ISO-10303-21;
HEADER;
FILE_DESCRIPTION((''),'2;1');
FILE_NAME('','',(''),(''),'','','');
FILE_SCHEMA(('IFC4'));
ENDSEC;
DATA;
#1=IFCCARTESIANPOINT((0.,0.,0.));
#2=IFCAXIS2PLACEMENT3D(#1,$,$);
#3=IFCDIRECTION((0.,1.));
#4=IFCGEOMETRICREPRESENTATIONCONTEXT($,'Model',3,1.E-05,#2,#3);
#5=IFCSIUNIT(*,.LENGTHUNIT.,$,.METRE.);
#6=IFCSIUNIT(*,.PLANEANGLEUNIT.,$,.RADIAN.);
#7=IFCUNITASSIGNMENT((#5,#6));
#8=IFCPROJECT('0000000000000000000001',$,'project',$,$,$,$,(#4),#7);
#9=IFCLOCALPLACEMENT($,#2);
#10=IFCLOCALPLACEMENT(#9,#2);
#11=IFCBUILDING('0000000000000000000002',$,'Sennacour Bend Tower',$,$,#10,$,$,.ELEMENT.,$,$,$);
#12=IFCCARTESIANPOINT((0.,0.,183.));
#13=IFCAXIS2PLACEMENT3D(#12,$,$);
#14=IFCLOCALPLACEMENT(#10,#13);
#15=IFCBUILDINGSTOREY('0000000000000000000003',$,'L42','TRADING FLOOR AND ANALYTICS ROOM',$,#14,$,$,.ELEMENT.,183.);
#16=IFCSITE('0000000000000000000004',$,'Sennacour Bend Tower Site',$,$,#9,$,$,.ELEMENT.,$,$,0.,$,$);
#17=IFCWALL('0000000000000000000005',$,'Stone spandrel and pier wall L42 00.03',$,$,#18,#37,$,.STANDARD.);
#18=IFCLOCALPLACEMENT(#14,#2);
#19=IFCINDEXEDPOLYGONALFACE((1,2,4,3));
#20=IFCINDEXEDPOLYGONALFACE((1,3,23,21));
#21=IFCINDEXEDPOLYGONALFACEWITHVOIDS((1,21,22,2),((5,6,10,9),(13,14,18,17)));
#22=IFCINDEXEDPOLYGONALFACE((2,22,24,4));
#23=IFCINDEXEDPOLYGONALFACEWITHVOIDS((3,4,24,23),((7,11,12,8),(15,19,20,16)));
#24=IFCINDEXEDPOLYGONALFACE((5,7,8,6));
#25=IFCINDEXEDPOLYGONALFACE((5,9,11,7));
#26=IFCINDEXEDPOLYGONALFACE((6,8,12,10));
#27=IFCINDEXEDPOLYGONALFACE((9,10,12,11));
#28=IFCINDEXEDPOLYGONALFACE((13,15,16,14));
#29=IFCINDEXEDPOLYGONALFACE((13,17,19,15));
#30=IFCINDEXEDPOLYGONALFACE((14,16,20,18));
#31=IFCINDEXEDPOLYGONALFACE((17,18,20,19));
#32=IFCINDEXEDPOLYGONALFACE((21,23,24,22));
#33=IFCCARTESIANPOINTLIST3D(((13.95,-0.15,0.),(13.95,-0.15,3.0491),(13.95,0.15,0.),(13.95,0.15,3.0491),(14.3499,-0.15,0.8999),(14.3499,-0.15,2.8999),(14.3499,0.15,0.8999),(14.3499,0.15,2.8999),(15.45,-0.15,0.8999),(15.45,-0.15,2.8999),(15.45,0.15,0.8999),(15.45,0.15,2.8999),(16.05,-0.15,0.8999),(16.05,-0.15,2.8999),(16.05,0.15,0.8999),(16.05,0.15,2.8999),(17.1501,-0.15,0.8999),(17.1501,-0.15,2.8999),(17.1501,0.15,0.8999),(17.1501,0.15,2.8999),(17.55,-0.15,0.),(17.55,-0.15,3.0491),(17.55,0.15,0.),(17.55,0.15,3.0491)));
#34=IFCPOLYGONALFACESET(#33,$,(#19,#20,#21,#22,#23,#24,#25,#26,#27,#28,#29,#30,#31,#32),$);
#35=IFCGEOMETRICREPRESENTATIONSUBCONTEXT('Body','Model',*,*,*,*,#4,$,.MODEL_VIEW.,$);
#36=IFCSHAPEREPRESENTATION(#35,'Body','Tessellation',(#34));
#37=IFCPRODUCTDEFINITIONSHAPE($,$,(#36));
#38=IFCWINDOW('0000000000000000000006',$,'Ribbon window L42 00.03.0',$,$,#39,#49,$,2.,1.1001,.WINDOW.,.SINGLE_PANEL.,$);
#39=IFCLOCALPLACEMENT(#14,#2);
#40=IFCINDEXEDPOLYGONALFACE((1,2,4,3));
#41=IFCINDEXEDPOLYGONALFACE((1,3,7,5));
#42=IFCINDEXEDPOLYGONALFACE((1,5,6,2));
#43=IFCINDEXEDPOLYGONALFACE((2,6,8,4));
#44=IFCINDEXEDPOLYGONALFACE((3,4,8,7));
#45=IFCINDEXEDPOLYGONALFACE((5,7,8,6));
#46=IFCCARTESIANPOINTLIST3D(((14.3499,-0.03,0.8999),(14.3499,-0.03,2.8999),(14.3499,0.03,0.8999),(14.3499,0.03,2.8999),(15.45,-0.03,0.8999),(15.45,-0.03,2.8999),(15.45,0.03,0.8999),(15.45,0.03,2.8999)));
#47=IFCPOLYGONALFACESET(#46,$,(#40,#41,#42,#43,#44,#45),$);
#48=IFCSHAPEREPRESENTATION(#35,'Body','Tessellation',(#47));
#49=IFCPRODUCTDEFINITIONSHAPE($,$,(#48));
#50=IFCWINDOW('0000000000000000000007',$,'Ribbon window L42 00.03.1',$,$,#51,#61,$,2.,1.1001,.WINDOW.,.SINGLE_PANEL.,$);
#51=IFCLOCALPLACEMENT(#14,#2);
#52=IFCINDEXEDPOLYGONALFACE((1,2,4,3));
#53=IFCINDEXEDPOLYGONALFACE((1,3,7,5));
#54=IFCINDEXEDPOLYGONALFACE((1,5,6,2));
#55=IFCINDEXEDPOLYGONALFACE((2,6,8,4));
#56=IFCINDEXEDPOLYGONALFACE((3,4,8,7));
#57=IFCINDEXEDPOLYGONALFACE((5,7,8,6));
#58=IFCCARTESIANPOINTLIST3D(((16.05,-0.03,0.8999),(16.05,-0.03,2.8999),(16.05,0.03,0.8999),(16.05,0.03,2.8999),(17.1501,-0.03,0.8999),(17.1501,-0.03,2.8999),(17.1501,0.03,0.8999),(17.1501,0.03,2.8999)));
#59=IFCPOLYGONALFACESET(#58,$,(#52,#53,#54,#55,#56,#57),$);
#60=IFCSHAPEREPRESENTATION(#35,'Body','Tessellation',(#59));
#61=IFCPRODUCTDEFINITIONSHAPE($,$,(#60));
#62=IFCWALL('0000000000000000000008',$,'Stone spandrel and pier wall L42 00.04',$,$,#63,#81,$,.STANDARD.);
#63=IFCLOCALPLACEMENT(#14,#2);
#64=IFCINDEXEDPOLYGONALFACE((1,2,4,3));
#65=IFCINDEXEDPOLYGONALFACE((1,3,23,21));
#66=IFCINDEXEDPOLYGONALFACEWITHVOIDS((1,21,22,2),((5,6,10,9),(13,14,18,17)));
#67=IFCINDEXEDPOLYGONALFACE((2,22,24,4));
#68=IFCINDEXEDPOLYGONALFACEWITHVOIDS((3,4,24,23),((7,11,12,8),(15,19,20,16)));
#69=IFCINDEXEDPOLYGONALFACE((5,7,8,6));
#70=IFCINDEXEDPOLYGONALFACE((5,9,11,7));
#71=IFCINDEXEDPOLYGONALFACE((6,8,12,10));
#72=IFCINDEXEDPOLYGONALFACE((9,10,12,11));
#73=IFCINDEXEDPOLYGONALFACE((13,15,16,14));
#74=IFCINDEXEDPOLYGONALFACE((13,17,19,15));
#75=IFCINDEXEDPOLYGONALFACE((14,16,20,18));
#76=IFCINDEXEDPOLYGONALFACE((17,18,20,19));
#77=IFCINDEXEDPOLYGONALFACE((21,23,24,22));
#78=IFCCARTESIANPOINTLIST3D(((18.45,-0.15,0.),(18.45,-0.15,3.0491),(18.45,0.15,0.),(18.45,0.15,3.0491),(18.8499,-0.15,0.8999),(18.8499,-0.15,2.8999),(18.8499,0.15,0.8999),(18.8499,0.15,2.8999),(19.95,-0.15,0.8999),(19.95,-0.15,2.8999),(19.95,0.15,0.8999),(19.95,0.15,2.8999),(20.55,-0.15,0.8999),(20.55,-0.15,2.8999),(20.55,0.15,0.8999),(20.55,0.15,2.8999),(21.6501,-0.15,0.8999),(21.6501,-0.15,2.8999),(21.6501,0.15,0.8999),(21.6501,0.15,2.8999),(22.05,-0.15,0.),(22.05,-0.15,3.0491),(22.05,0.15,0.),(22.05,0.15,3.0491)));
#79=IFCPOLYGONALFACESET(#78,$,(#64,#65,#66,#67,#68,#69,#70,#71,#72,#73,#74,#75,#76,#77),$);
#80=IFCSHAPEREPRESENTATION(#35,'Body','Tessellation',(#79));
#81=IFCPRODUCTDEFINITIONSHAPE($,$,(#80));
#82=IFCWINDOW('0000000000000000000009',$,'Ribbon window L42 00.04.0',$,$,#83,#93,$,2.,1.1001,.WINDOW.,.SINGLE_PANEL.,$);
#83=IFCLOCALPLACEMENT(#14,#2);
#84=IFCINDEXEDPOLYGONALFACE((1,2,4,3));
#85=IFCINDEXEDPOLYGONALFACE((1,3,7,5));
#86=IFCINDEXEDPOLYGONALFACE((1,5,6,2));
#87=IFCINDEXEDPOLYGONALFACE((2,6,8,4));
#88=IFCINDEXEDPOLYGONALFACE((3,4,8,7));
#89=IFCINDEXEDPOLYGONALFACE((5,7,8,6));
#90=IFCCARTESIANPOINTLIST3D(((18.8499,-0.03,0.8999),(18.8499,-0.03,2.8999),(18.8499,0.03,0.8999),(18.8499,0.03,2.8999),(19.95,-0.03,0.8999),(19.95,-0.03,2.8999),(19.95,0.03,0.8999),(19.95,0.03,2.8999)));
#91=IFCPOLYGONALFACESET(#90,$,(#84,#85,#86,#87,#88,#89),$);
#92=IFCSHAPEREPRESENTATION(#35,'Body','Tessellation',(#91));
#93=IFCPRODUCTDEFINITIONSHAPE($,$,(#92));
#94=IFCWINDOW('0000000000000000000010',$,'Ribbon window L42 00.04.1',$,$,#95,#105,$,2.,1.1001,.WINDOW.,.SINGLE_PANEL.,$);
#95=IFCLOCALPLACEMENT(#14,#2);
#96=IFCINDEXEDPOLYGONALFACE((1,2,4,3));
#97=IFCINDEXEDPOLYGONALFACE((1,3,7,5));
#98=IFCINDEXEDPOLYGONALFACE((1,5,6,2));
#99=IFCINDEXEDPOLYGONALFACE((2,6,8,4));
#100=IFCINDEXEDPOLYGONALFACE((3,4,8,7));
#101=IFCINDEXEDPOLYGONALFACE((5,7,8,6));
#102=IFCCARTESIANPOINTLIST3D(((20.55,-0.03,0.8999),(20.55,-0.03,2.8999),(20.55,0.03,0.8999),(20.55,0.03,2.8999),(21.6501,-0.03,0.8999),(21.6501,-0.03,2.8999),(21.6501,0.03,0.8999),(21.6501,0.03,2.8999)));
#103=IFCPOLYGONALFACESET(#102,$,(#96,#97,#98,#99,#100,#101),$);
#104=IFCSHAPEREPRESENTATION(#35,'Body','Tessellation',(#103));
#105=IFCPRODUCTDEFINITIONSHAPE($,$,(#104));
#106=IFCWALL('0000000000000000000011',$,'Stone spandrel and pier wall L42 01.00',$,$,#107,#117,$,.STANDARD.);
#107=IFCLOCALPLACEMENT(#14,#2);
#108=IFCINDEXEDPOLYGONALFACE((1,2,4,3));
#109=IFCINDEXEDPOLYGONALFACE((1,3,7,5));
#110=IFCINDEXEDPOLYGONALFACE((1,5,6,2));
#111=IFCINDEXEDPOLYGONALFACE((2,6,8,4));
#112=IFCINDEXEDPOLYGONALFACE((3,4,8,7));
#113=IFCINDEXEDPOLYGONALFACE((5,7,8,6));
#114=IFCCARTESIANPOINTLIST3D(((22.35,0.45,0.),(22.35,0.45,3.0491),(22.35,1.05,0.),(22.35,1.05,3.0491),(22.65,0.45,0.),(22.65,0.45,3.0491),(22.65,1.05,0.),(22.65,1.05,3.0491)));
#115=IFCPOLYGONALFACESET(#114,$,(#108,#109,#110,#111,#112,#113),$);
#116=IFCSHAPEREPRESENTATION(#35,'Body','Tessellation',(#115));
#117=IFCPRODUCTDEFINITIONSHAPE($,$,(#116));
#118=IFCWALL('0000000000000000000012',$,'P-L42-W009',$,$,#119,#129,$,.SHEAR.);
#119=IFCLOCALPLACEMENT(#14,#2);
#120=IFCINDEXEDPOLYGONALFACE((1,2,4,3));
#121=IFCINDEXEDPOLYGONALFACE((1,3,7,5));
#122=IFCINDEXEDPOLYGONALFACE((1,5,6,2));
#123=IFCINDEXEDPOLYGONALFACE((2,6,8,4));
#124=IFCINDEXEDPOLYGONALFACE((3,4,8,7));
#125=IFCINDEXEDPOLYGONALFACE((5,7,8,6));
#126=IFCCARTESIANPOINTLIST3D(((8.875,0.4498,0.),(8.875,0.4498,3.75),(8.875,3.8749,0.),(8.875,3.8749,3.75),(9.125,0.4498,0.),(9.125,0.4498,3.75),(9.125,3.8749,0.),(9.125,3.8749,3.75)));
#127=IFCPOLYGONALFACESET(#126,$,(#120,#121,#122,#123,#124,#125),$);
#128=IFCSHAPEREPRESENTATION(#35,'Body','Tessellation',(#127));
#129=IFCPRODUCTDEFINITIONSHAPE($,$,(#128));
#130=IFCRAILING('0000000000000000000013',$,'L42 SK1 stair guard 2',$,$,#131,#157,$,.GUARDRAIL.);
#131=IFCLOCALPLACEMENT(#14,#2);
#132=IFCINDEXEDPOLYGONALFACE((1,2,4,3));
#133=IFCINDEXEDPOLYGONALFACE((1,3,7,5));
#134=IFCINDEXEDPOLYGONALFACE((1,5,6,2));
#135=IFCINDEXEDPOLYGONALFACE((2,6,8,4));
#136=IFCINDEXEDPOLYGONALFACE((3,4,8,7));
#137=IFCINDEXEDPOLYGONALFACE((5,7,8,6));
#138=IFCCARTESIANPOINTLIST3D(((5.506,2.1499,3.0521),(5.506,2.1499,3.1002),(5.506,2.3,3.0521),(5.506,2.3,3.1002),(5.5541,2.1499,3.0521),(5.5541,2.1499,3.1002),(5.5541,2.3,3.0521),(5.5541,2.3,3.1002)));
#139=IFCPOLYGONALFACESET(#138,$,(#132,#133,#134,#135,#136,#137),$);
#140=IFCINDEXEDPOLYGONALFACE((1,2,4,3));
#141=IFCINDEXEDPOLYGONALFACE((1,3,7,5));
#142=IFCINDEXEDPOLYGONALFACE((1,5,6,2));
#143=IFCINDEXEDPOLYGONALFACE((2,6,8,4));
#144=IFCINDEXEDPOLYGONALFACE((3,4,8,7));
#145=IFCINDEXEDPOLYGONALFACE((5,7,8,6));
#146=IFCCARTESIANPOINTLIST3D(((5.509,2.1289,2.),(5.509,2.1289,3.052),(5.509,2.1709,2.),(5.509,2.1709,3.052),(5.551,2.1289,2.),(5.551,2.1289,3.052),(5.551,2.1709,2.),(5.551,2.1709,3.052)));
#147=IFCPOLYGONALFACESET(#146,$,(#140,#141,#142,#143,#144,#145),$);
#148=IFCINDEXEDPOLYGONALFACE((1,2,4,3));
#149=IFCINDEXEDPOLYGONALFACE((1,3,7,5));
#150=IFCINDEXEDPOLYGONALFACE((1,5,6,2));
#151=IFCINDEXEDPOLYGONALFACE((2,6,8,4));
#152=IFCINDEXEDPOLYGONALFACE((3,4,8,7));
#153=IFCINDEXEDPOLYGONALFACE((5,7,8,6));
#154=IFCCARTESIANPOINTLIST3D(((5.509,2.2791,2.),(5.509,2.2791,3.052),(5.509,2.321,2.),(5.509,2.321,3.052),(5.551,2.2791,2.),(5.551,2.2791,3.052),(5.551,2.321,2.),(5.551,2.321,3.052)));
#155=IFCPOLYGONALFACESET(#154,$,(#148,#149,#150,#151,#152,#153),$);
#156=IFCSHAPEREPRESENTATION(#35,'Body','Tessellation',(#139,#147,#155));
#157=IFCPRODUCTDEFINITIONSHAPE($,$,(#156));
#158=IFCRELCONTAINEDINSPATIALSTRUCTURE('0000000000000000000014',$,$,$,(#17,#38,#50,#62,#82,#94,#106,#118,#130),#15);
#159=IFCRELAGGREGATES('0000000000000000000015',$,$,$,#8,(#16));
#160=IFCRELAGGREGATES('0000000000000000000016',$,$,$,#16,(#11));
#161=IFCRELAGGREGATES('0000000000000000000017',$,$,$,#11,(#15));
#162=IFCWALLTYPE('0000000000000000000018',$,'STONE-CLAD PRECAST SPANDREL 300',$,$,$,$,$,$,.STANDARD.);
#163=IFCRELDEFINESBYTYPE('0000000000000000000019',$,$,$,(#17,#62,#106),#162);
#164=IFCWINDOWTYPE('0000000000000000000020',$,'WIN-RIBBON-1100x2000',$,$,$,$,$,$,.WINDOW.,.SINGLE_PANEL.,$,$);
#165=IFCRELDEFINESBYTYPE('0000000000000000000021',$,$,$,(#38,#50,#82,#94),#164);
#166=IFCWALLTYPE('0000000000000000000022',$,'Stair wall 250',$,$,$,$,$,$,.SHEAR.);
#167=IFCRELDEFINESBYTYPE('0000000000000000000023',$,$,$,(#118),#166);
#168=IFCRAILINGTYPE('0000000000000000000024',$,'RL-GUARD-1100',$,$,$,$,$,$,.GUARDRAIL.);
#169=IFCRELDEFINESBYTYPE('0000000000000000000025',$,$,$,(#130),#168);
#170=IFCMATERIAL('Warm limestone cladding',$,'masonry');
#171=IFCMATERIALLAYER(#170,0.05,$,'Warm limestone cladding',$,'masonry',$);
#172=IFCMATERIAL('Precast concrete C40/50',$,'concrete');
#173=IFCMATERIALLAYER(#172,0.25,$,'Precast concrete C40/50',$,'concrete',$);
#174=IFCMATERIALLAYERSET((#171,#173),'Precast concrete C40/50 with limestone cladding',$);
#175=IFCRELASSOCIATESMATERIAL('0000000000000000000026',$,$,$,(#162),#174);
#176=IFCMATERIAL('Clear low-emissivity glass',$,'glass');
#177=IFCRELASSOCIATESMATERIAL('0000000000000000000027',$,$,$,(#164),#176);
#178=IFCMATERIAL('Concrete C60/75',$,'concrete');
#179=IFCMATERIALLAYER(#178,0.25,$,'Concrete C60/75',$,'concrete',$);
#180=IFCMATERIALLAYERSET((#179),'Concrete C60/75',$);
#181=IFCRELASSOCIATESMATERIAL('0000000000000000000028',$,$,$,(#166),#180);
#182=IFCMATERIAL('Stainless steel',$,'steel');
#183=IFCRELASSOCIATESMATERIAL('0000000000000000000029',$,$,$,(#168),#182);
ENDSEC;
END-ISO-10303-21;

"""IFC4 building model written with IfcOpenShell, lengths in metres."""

from ifc_helpers import new_model, si_unit, direction, frame, frame_2d, origin, origin_2d, place, context, subcontext, project, spatial, rectangle, extrude, material, layer, layer_set, type_object, element, fill, save


model = new_model("IFC4")

# Units and contexts
model_context = context("Model", 3, precision=1e-05, world=origin(), true_north=direction((0.0, 1.0)))
body_context = subcontext(model_context, "Body", "Model", "MODEL_VIEW")
ifc_project = project(units=[si_unit("LENGTHUNIT", "METRE"), si_unit("PLANEANGLEUNIT", "RADIAN")], contexts=[model_context])

# Site, building, storey
site_placement = place(None, origin())
site = spatial("IfcSite", under=ifc_project, at=site_placement, Name="Sennacour Bend Tower Site", CompositionType="ELEMENT", RefElevation=0.0)
building_placement = place(site_placement, origin())
building = spatial("IfcBuilding", under=site, at=building_placement, Name="Sennacour Bend Tower", CompositionType="ELEMENT")
storey_placement = place(building_placement, frame((0.0, 0.0, 183.0)))
storey = spatial("IfcBuildingStorey", under=building, at=storey_placement, Name="L42", Description="TRADING FLOOR AND ANALYTICS ROOM", CompositionType="ELEMENT", Elevation=183.0)

# Walls, openings, windows
ifc_material_1 = material(Name="Warm limestone cladding", Category="masonry")
ifc_layer_1 = layer(ifc_material_1, 0.05, Name="Warm limestone cladding", Category="masonry")
ifc_material_2 = material(Name="Precast concrete C40/50", Category="concrete")
ifc_layer_2 = layer(ifc_material_2, 0.25, Name="Precast concrete C40/50", Category="concrete")
ifc_layer_set_1 = layer_set([ifc_layer_1, ifc_layer_2], Name="Precast concrete C40/50 with limestone cladding")
wall_type_1 = type_object("IfcWallType", Name="STONE-CLAD PRECAST SPANDREL 300", PredefinedType="STANDARD", material=ifc_layer_set_1)
ifc_material_3 = material(Name="Clear low-emissivity glass", Category="glass")
window_type = type_object("IfcWindowType", Name="WIN-RIBBON-1100x2000", PartitioningType="SINGLE_PANEL", PredefinedType="WINDOW", material=ifc_material_3)
wall_1_placement = place(storey_placement, frame((13.95, 0.0, 0.0), z_axis=(0.0, 0.0, 1.0), x_axis=(1.0, 0.0, 0.0)))
wall_1 = element("IfcWall", 1, at=wall_1_placement, inside=storey, type_object=wall_type_1, Name="Stone spandrel and pier wall L42 00.03", PredefinedType="STANDARD", context=body_context, shape_type="SweptSolid", body=[
    extrude(rectangle(XDim=3.6001, YDim=0.3, at=frame_2d((1.8, 0.0))), origin(), (0.0, 0.0, 1.0), 3.0491),
])
opening_1_placement = place(wall_1_placement, frame((0.3999, 0.0, 0.8999)))
opening_1 = element("IfcOpeningElement", 2, at=opening_1_placement, cuts=wall_1, PredefinedType="OPENING", context=body_context, shape_type="SweptSolid", body=[
    extrude(rectangle(XDim=1.1001, YDim=2.0, at=frame_2d((0.55, 1.0))), frame((0.0, 0.1602, 0.0), z_axis=(0.0, -1.0, 0.0), x_axis=(1.0, 0.0, 0.0)), (0.0, 0.0, 1.0), 0.3201),
])
opening_2_placement = place(wall_1_placement, frame((2.1001, 0.0, 0.8999)))
opening_2 = element("IfcOpeningElement", 3, at=opening_2_placement, cuts=wall_1, PredefinedType="OPENING", context=body_context, shape_type="SweptSolid", body=[
    extrude(rectangle(XDim=1.1001, YDim=2.0, at=frame_2d((0.55, 1.0))), frame((0.0, 0.1602, 0.0), z_axis=(0.0, -1.0, 0.0), x_axis=(1.0, 0.0, 0.0)), (0.0, 0.0, 1.0), 0.3201),
])
window_1_placement = place(opening_1_placement, origin())
window_1 = element("IfcWindow", 4, at=window_1_placement, inside=storey, type_object=window_type, Name="Ribbon window L42 00.03.0", OverallHeight=2.0, OverallWidth=1.1001, PartitioningType="SINGLE_PANEL", PredefinedType="WINDOW", context=body_context, shape_type="SweptSolid", body=[
    extrude(rectangle(XDim=1.1001, YDim=2.0, at=frame_2d((0.55, 1.0))), frame((0.0, 0.03, 0.0), z_axis=(0.0, -1.0, 0.0), x_axis=(1.0, 0.0, 0.0)), (0.0, 0.0, 1.0), 0.0601),
])
fill(opening_1, window_1)
window_2_placement = place(opening_2_placement, origin())
window_2 = element("IfcWindow", 5, at=window_2_placement, inside=storey, type_object=window_type, Name="Ribbon window L42 00.03.1", OverallHeight=2.0, OverallWidth=1.1001, PartitioningType="SINGLE_PANEL", PredefinedType="WINDOW", context=body_context, shape_type="SweptSolid", body=[
    extrude(rectangle(XDim=1.1001, YDim=2.0, at=frame_2d((0.55, 1.0))), frame((0.0, 0.03, 0.0), z_axis=(0.0, -1.0, 0.0), x_axis=(1.0, 0.0, 0.0)), (0.0, 0.0, 1.0), 0.0601),
])
fill(opening_2, window_2)
wall_2_placement = place(storey_placement, frame((18.45, 0.0, 0.0), z_axis=(0.0, 0.0, 1.0), x_axis=(1.0, 0.0, 0.0)))
wall_2 = element("IfcWall", 6, at=wall_2_placement, inside=storey, type_object=wall_type_1, Name="Stone spandrel and pier wall L42 00.04", PredefinedType="STANDARD", context=body_context, shape_type="SweptSolid", body=[
    extrude(rectangle(XDim=3.6001, YDim=0.3, at=frame_2d((1.8, 0.0))), origin(), (0.0, 0.0, 1.0), 3.0491),
])
opening_3_placement = place(wall_2_placement, frame((0.3999, 0.0, 0.8999)))
opening_3 = element("IfcOpeningElement", 7, at=opening_3_placement, cuts=wall_2, PredefinedType="OPENING", context=body_context, shape_type="SweptSolid", body=[
    extrude(rectangle(XDim=1.1001, YDim=2.0, at=frame_2d((0.55, 1.0))), frame((0.0, 0.1602, 0.0), z_axis=(0.0, -1.0, 0.0), x_axis=(1.0, 0.0, 0.0)), (0.0, 0.0, 1.0), 0.3201),
])
opening_4_placement = place(wall_2_placement, frame((2.1001, 0.0, 0.8999)))
opening_4 = element("IfcOpeningElement", 8, at=opening_4_placement, cuts=wall_2, PredefinedType="OPENING", context=body_context, shape_type="SweptSolid", body=[
    extrude(rectangle(XDim=1.1001, YDim=2.0, at=frame_2d((0.55, 1.0))), frame((0.0, 0.1602, 0.0), z_axis=(0.0, -1.0, 0.0), x_axis=(1.0, 0.0, 0.0)), (0.0, 0.0, 1.0), 0.3201),
])
window_3_placement = place(opening_3_placement, origin())
window_3 = element("IfcWindow", 9, at=window_3_placement, inside=storey, type_object=window_type, Name="Ribbon window L42 00.04.0", OverallHeight=2.0, OverallWidth=1.1001, PartitioningType="SINGLE_PANEL", PredefinedType="WINDOW", context=body_context, shape_type="SweptSolid", body=[
    extrude(rectangle(XDim=1.1001, YDim=2.0, at=frame_2d((0.55, 1.0))), frame((0.0, 0.03, 0.0), z_axis=(0.0, -1.0, 0.0), x_axis=(1.0, 0.0, 0.0)), (0.0, 0.0, 1.0), 0.0601),
])
fill(opening_3, window_3)
window_4_placement = place(opening_4_placement, origin())
window_4 = element("IfcWindow", 10, at=window_4_placement, inside=storey, type_object=window_type, Name="Ribbon window L42 00.04.1", OverallHeight=2.0, OverallWidth=1.1001, PartitioningType="SINGLE_PANEL", PredefinedType="WINDOW", context=body_context, shape_type="SweptSolid", body=[
    extrude(rectangle(XDim=1.1001, YDim=2.0, at=frame_2d((0.55, 1.0))), frame((0.0, 0.03, 0.0), z_axis=(0.0, -1.0, 0.0), x_axis=(1.0, 0.0, 0.0)), (0.0, 0.0, 1.0), 0.0601),
])
fill(opening_4, window_4)

# Walls
wall_3_placement = place(storey_placement, frame((22.5, 0.45, 0.0), z_axis=(0.0, 0.0, 1.0), x_axis=(0.0, 1.0, 0.0)))
element("IfcWall", 11, at=wall_3_placement, inside=storey, type_object=wall_type_1, Name="Stone spandrel and pier wall L42 01.00", PredefinedType="STANDARD", context=body_context, shape_type="SweptSolid", body=[
    extrude(rectangle(XDim=0.6001, YDim=0.3, at=frame_2d((0.3, 0.0))), origin(), (0.0, 0.0, 1.0), 3.0491),
])
ifc_material_4 = material(Name="Concrete C60/75", Category="concrete")
ifc_layer_3 = layer(ifc_material_4, 0.25, Name="Concrete C60/75", Category="concrete")
ifc_layer_set_2 = layer_set([ifc_layer_3], Name="Concrete C60/75")
wall_type_2 = type_object("IfcWallType", Name="Stair wall 250", PredefinedType="SHEAR", material=ifc_layer_set_2)
wall_4_placement = place(storey_placement, frame((9.0, 0.45, 0.0), z_axis=(0.0, 0.0, 1.0), x_axis=(0.0, 1.0, 0.0)))
element("IfcWall", 12, at=wall_4_placement, inside=storey, type_object=wall_type_2, Name="P-L42-W009", PredefinedType="SHEAR", context=body_context, shape_type="SweptSolid", body=[
    extrude(rectangle(XDim=3.425, YDim=0.25, at=frame_2d((1.7124, 0.0))), origin(), (0.0, 0.0, 1.0), 3.75),
])

# Railing
ifc_material_5 = material(Name="Stainless steel", Category="steel")
railing_type = type_object("IfcRailingType", Name="RL-GUARD-1100", PredefinedType="GUARDRAIL", material=ifc_material_5)
railing_placement = place(storey_placement, frame((5.53, 2.1499, 2.0)))
element("IfcRailing", 13, at=railing_placement, inside=storey, type_object=railing_type, Name="L42 SK1 stair guard 2", PredefinedType="GUARDRAIL", context=body_context, shape_type="SweptSolid", body=[
    extrude(rectangle(XDim=0.0481, YDim=0.0481, at=origin_2d()), frame((0.0, 0.0, 1.0762), z_axis=(0.0, 1.0, 0.0), x_axis=(-1.0, 0.0, 0.0)), (0.0, 0.0, 1.0), 0.1501),
    extrude(rectangle(XDim=0.042, YDim=0.042, at=origin_2d()), origin(), (0.0, 0.0, 1.0), 1.052),
    extrude(rectangle(XDim=0.042, YDim=0.042, at=origin_2d()), frame((0.0, 0.1501, 0.0)), (0.0, 0.0, 1.0), 1.052),
])

save(model, "model.ifc")
